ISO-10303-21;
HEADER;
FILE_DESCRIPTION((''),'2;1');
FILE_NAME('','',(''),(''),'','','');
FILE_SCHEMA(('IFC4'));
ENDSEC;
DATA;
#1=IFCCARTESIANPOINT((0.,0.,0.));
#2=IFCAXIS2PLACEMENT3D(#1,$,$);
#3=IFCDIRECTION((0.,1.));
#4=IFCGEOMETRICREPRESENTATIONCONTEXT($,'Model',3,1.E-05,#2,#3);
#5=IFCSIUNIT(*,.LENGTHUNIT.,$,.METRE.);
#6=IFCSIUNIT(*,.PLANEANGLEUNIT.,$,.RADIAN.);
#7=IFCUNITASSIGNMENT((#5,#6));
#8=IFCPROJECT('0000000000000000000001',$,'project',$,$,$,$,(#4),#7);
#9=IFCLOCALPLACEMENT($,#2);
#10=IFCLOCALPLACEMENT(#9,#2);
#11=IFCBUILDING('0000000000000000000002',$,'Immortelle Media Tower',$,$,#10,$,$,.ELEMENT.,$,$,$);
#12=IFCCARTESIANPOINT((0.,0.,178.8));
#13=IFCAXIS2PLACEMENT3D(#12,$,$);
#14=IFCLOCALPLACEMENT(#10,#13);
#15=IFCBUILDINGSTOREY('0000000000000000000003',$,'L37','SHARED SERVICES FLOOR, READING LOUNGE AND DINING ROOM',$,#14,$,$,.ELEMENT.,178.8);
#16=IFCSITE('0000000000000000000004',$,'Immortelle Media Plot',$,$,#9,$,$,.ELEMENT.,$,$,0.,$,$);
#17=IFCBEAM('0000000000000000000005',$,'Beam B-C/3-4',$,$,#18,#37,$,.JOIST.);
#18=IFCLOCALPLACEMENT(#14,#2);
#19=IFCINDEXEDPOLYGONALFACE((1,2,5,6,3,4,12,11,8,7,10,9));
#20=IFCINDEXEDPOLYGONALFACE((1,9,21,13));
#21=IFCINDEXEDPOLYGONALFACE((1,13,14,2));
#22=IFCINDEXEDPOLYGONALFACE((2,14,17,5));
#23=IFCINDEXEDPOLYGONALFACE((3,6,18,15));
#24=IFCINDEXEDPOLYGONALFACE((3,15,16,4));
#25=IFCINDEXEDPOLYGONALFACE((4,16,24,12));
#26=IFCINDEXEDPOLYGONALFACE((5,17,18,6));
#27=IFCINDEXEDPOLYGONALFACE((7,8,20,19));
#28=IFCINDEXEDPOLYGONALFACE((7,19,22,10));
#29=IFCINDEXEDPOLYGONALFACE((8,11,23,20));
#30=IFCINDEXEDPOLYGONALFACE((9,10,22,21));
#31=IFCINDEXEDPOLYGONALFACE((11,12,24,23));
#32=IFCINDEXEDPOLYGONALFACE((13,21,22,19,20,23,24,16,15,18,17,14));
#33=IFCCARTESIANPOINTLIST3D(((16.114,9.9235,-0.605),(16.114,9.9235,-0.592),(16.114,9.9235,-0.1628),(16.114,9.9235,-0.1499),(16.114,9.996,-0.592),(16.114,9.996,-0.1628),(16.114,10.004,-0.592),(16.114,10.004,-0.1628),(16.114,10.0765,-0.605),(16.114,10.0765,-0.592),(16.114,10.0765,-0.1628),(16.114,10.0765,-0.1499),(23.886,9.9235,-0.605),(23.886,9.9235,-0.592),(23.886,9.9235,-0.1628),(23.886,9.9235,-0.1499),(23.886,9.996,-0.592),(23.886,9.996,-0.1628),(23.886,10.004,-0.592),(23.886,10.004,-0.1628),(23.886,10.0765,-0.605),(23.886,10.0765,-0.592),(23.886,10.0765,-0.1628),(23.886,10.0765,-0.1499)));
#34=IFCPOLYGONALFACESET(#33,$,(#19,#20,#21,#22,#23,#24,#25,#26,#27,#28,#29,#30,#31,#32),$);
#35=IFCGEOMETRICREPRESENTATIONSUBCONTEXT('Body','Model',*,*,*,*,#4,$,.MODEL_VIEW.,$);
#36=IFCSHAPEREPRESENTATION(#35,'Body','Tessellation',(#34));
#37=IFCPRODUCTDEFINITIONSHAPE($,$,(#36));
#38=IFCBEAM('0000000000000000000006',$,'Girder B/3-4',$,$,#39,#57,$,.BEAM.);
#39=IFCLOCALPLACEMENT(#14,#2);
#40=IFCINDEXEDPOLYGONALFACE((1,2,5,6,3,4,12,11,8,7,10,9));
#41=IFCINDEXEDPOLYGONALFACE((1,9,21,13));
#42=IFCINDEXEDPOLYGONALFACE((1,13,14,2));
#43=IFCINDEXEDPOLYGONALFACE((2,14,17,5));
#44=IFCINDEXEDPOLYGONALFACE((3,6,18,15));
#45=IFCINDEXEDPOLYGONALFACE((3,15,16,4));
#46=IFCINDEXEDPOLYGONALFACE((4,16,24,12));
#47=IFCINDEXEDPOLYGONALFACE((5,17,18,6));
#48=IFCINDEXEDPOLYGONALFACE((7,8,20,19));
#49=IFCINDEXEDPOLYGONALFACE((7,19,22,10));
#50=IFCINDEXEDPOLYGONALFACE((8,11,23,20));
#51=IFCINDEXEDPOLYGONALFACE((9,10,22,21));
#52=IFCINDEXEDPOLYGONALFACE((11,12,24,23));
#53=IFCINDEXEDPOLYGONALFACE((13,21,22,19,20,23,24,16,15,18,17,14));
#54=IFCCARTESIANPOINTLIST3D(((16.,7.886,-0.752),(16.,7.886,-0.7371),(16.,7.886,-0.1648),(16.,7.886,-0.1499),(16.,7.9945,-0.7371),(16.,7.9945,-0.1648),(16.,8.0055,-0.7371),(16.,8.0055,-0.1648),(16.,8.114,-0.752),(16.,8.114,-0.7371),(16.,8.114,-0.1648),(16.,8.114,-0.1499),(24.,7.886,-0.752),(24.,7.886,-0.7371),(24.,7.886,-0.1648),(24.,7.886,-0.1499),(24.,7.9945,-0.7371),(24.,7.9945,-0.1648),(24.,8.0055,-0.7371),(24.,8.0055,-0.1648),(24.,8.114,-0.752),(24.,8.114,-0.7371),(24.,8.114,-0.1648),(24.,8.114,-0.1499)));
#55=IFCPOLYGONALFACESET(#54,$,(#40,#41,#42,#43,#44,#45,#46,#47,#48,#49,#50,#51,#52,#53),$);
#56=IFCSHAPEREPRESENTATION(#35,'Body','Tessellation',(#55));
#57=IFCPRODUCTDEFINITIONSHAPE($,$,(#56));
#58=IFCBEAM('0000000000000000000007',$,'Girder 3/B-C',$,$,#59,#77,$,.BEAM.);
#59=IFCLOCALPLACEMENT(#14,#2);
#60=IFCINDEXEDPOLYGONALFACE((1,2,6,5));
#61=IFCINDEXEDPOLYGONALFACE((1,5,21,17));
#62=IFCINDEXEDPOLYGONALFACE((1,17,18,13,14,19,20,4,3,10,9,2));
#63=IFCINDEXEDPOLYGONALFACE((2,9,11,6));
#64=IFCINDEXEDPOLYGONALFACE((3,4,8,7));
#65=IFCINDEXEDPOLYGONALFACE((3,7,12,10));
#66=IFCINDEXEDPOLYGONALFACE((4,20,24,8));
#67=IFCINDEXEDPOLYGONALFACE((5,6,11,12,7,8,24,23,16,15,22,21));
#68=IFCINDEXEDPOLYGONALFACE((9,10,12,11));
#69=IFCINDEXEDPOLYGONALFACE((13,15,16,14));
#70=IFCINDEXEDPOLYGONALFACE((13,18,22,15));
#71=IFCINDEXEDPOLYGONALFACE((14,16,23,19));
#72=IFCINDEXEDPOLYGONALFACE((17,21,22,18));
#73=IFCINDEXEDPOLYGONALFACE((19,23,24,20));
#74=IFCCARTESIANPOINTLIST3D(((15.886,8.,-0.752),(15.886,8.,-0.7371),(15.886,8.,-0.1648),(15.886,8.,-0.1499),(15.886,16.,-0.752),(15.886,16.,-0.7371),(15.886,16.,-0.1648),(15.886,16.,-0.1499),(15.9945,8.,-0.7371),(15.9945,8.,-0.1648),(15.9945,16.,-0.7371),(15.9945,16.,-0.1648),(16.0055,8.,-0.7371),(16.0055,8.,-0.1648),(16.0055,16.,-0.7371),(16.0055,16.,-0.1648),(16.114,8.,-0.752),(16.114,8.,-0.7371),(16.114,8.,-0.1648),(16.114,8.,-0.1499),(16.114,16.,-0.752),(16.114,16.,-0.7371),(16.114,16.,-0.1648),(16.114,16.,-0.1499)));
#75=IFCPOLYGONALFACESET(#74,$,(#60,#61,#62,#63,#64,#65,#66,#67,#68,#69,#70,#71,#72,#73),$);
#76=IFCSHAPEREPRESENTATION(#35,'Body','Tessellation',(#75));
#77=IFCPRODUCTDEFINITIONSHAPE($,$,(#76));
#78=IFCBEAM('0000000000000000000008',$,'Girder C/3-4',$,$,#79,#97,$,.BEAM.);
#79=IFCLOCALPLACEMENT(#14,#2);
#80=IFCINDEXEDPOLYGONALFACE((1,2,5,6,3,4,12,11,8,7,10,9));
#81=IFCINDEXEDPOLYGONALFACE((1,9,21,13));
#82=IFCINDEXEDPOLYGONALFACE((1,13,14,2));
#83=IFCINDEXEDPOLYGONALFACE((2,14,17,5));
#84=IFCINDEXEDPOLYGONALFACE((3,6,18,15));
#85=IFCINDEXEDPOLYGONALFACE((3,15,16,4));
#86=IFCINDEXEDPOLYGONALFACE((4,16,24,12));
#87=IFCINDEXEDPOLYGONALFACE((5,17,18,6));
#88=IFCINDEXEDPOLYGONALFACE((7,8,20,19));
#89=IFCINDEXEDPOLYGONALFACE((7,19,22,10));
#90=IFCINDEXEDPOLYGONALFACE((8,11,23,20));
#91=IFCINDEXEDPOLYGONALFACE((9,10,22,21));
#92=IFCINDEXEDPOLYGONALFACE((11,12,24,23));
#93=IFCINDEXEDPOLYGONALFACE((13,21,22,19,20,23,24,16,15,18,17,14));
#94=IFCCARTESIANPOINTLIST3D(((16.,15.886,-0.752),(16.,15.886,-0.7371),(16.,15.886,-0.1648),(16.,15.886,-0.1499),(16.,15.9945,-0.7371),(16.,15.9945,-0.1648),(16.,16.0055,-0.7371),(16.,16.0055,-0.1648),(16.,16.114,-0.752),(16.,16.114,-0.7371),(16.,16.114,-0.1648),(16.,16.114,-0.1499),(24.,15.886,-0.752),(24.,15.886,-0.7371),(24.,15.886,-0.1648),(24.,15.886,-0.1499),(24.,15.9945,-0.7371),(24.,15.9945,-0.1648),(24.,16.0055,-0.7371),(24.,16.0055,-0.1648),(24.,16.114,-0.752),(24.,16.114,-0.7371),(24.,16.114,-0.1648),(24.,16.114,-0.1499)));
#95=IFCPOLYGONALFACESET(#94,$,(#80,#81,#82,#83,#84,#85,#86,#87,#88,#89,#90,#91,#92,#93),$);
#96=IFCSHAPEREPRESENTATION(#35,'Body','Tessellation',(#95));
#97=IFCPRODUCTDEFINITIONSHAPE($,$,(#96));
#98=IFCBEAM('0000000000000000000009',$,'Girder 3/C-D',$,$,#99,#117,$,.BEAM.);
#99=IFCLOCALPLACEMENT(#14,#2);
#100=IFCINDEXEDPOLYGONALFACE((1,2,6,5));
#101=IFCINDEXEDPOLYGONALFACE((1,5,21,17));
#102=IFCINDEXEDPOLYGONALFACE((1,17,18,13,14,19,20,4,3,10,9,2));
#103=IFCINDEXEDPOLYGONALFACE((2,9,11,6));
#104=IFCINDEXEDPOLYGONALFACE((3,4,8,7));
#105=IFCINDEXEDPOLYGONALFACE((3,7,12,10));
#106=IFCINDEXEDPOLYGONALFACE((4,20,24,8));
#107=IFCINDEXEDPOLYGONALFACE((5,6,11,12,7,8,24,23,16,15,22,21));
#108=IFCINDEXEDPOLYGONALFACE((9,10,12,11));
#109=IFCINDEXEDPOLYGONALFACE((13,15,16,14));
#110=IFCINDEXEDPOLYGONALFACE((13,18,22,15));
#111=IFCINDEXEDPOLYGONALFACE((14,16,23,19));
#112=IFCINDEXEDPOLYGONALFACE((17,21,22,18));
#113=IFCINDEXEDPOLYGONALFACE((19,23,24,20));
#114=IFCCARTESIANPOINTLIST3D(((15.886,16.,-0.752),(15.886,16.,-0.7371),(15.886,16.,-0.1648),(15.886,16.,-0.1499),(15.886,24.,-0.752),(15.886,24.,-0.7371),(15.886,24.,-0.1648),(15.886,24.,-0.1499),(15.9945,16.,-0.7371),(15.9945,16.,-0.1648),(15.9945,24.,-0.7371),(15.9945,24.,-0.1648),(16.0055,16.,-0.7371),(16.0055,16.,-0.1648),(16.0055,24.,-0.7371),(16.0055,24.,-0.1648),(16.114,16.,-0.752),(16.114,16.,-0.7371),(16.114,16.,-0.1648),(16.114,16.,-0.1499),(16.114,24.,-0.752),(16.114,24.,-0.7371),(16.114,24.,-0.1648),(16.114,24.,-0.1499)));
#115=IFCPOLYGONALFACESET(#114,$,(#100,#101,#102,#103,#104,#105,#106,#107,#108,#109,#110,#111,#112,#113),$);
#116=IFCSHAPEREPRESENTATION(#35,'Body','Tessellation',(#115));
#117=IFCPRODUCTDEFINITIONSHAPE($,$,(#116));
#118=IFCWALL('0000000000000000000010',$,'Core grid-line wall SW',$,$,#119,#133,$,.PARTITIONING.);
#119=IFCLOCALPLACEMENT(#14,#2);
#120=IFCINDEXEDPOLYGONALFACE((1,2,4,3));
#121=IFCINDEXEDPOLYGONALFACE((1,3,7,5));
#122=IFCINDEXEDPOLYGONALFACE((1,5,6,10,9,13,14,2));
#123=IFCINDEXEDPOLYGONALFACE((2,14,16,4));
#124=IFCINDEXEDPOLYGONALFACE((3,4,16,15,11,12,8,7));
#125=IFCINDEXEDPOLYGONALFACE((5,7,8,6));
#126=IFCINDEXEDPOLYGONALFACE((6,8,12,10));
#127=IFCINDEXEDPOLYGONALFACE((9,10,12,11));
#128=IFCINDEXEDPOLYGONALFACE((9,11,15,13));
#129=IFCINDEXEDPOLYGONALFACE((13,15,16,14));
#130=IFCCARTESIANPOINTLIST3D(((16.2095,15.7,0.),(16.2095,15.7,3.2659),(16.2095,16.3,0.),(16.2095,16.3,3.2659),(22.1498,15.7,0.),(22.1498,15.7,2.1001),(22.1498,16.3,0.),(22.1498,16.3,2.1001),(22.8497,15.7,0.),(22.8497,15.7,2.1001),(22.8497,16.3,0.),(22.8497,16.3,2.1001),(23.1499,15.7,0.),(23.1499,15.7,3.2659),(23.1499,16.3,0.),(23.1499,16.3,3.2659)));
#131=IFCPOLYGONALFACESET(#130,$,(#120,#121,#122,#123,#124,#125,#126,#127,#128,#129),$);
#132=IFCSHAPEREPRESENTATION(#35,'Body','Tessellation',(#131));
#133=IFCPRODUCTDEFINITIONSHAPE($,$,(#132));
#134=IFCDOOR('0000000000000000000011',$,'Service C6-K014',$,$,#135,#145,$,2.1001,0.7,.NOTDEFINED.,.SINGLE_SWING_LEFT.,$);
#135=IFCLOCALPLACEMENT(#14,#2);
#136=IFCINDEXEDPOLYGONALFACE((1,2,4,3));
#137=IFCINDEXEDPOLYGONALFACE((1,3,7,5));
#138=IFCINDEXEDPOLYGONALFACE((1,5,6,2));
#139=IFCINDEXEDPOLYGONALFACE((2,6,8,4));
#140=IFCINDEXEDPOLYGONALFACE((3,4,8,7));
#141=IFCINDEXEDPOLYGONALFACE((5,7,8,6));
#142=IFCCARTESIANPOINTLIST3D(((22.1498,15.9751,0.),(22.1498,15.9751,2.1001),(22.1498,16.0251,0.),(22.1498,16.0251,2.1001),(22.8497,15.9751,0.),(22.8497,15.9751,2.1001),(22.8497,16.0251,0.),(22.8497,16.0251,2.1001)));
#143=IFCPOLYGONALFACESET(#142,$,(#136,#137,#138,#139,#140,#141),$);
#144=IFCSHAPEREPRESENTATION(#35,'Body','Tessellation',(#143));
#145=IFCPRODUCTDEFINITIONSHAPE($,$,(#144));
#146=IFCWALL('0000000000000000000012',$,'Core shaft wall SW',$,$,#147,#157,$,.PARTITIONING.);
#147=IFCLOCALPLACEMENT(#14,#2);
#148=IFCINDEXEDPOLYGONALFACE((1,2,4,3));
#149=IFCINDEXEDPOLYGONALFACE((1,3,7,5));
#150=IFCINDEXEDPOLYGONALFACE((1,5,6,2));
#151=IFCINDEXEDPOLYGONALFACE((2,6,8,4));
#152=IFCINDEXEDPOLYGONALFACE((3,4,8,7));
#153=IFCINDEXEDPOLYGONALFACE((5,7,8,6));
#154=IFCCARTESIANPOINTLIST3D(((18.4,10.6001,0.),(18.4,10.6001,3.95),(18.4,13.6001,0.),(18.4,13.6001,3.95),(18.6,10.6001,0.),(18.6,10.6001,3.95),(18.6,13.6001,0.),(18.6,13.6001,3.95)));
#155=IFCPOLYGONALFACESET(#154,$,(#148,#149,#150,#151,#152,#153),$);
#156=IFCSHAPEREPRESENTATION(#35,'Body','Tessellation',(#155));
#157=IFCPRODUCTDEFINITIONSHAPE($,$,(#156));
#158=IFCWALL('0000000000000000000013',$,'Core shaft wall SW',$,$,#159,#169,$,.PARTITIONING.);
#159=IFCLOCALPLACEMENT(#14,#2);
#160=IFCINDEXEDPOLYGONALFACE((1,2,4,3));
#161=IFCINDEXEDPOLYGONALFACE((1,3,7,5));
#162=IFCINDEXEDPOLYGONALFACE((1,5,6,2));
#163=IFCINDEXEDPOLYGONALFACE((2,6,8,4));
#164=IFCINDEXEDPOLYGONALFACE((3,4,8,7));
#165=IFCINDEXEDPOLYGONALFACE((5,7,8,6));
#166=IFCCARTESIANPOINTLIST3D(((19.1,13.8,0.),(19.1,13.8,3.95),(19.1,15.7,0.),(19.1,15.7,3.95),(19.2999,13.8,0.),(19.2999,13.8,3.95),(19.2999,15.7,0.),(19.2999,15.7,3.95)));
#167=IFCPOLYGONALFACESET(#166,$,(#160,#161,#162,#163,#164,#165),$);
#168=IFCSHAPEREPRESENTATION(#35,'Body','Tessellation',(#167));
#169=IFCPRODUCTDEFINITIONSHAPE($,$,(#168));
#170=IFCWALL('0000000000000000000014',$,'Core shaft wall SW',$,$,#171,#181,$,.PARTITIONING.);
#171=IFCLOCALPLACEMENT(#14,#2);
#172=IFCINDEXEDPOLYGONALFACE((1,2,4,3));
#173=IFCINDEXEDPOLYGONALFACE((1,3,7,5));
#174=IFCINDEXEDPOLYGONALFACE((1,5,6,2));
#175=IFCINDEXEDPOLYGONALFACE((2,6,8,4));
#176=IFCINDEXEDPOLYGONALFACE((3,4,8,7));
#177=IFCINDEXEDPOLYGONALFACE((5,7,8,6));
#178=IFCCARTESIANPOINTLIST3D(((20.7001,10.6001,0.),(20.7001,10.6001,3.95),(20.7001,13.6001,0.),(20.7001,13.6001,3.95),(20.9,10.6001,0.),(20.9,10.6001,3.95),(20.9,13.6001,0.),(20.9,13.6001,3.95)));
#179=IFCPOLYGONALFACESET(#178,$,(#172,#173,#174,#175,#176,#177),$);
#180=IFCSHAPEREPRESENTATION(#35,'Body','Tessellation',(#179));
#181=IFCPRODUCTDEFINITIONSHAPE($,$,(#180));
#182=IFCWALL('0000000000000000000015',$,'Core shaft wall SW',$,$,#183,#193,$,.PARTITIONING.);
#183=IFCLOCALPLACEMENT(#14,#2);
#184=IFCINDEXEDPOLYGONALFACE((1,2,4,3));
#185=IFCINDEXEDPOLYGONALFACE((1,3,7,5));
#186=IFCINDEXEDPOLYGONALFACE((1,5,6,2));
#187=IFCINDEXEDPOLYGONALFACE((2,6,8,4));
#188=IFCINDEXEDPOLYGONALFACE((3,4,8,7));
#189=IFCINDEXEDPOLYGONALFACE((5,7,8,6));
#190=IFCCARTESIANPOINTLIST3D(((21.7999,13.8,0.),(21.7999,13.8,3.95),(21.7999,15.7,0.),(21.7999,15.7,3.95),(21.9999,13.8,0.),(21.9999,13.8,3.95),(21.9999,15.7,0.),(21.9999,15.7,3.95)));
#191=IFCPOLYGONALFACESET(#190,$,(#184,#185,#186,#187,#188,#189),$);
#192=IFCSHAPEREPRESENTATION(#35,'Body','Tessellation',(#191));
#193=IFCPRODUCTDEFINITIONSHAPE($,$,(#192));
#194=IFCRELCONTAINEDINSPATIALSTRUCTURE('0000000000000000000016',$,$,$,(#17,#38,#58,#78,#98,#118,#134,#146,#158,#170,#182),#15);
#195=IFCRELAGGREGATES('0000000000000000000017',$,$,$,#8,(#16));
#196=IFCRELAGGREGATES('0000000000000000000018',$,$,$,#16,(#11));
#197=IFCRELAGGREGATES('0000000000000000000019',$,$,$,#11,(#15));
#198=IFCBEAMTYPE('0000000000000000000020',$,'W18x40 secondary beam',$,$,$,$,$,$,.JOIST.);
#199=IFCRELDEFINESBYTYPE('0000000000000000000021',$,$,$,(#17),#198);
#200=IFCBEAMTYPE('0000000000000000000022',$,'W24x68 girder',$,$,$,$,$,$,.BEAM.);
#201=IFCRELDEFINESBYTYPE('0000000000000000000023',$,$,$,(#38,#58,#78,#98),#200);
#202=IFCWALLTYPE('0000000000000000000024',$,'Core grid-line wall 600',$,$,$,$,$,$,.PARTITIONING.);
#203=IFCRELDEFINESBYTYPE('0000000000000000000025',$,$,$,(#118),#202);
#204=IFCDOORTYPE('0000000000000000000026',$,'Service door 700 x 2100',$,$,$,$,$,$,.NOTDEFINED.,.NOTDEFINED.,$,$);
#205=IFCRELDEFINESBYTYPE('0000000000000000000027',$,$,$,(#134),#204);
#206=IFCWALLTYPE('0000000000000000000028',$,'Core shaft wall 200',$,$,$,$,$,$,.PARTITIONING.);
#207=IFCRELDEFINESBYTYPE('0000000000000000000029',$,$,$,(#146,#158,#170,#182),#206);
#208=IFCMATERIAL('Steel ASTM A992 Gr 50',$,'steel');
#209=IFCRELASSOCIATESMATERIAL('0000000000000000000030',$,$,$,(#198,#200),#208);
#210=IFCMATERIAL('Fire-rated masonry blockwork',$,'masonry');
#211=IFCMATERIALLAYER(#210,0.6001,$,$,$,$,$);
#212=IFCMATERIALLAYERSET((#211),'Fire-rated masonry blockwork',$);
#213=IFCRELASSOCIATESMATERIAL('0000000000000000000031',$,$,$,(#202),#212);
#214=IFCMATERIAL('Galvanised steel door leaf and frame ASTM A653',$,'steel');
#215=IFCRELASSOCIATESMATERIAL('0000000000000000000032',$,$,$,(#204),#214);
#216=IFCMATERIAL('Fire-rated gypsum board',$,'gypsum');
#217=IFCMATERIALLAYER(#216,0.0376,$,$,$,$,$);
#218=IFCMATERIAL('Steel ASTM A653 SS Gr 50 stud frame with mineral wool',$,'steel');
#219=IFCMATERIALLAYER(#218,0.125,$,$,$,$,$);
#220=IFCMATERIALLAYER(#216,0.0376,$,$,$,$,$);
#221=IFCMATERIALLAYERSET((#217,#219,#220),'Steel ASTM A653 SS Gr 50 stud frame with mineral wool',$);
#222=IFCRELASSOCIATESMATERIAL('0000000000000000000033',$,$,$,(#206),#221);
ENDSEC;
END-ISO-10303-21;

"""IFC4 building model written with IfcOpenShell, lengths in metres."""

from ifc_helpers import new_model, si_unit, direction, frame, frame_2d, origin, origin_2d, place, context, subcontext, project, spatial, rectangle, i_section, extrude, material, layer, layer_set, material_profile, profile_set, type_object, element, fill, save


model = new_model("IFC4")

# Units and contexts
model_context = context("Model", 3, precision=1e-05, world=origin(), true_north=direction((0.0, 1.0)))
body_context = subcontext(model_context, "Body", "Model", "MODEL_VIEW")
ifc_project = project(units=[si_unit("LENGTHUNIT", "METRE"), si_unit("PLANEANGLEUNIT", "RADIAN")], contexts=[model_context])

# Site, building, storey
site_placement = place(None, origin())
site = spatial("IfcSite", under=ifc_project, at=site_placement, Name="Immortelle Media Plot", CompositionType="ELEMENT", RefElevation=0.0)
building_placement = place(site_placement, origin())
building = spatial("IfcBuilding", under=site, at=building_placement, Name="Immortelle Media Tower", CompositionType="ELEMENT")
storey_placement = place(building_placement, frame((0.0, 0.0, 178.8)))
storey = spatial("IfcBuildingStorey", under=building, at=storey_placement, Name="L37", Description="SHARED SERVICES FLOOR, READING LOUNGE AND DINING ROOM", CompositionType="ELEMENT", Elevation=178.8)

# Beams
ifc_material_1 = material(Name="Steel ASTM A992 Gr 50", Category="steel")
ifc_material_profile_1 = material_profile(ifc_material_1, i_section(OverallWidth=0.1531, OverallDepth=0.4551, WebThickness=0.0081, FlangeThickness=0.0129, at=origin_2d()), Name="W18x40")
ifc_profile_set_1 = profile_set([ifc_material_profile_1], Name="Steel ASTM A992 Gr 50")
beam_type_1 = type_object("IfcBeamType", Name="W18x40 secondary beam", PredefinedType="JOIST", material=ifc_profile_set_1)
beam_placement = place(storey_placement, frame((16.114, 10.0, -0.3774), z_axis=(1.0, 0.0, 0.0), x_axis=(0.0, 1.0, 0.0)))
element("IfcBeam", 1, at=beam_placement, inside=storey, type_object=beam_type_1, Name="Beam B-C/3-4", PredefinedType="JOIST", context=body_context, shape_type="SweptSolid", body=[
    extrude(i_section(OverallWidth=0.1531, OverallDepth=0.4551, WebThickness=0.0081, FlangeThickness=0.0129, at=origin_2d()), origin(), (0.0, 0.0, 1.0), 7.772),
])
ifc_material_profile_2 = material_profile(ifc_material_1, i_section(OverallWidth=0.228, OverallDepth=0.6021, WebThickness=0.011, FlangeThickness=0.0149, at=origin_2d()), Name="W24x68")
ifc_profile_set_2 = profile_set([ifc_material_profile_2], Name="Steel ASTM A992 Gr 50")
beam_type_2 = type_object("IfcBeamType", Name="W24x68 girder", PredefinedType="BEAM", material=ifc_profile_set_2)
for number, where, z_axis, x_axis, name in (
    (2, (16.0, 8.0, -0.4509), (1.0, 0.0, 0.0), (0.0, 1.0, 0.0), "Girder B/3-4"),
    (3, (16.0, 8.0, -0.4509), (0.0, 1.0, 0.0), (-1.0, 0.0, 0.0), "Girder 3/B-C"),
    (4, (16.0, 16.0, -0.4509), (1.0, 0.0, 0.0), (0.0, 1.0, 0.0), "Girder C/3-4"),
    (5, (16.0, 16.0, -0.4509), (0.0, 1.0, 0.0), (-1.0, 0.0, 0.0), "Girder 3/C-D"),
):
    element("IfcBeam", number, at=place(storey_placement, frame(where, z_axis=z_axis, x_axis=x_axis)), inside=storey, type_object=beam_type_2, Name=name, PredefinedType="BEAM", context=body_context, shape_type="SweptSolid", body=[
        extrude(i_section(OverallWidth=0.228, OverallDepth=0.6021, WebThickness=0.011, FlangeThickness=0.0149, at=origin_2d()), origin(), (0.0, 0.0, 1.0), 8.0),
    ])

# Wall, opening, door
ifc_material_2 = material(Name="Fire-rated masonry blockwork", Category="masonry")
ifc_layer_1 = layer(ifc_material_2, 0.6001)
ifc_layer_set_1 = layer_set([ifc_layer_1], Name="Fire-rated masonry blockwork")
wall_type_1 = type_object("IfcWallType", Name="Core grid-line wall 600", PredefinedType="PARTITIONING", material=ifc_layer_set_1)
wall_1_placement = place(storey_placement, frame((16.2095, 16.0, 0.0), z_axis=(0.0, 0.0, 1.0), x_axis=(1.0, 0.0, 0.0)))
wall_1 = element("IfcWall", 6, at=wall_1_placement, inside=storey, type_object=wall_type_1, Name="Core grid-line wall SW", PredefinedType="PARTITIONING", context=body_context, shape_type="SweptSolid", body=[
    extrude(rectangle(XDim=6.9404, YDim=0.6001, at=frame_2d((3.4702, 0.0))), origin(), (0.0, 0.0, 1.0), 3.2659),
])
opening_1_placement = place(wall_1_placement, frame((6.6404, 0.0, 0.0), z_axis=(0.0, 0.0, 1.0), x_axis=(-1.0, 0.0, 0.0)))
opening_1 = element("IfcOpeningElement", 7, at=opening_1_placement, cuts=wall_1, PredefinedType="OPENING", context=body_context, shape_type="SweptSolid", body=[
    extrude(rectangle(XDim=0.7, YDim=2.1001, at=frame_2d((0.3501, 1.05))), frame((0.0, 0.3101, 0.0), z_axis=(0.0, -1.0, 0.0), x_axis=(1.0, 0.0, 0.0)), (0.0, 0.0, 1.0), 0.6201),
])
ifc_material_3 = material(Name="Galvanised steel door leaf and frame ASTM A653", Category="steel")
door_type_1 = type_object("IfcDoorType", Name="Service door 700 x 2100", OperationType="NOTDEFINED", PredefinedType="NOTDEFINED", material=ifc_material_3)
door_1_placement = place(opening_1_placement, origin())
door_1 = element("IfcDoor", 8, at=door_1_placement, inside=storey, type_object=door_type_1, Name="Service C6-K014", OperationType="SINGLE_SWING_LEFT", OverallHeight=2.1001, OverallWidth=0.7, PredefinedType="NOTDEFINED", context=body_context, shape_type="SweptSolid", body=[
    extrude(rectangle(XDim=0.7, YDim=2.1001, at=frame_2d((0.3501, 1.05))), frame((0.0, 0.0249, 0.0), z_axis=(0.0, -1.0, 0.0), x_axis=(1.0, 0.0, 0.0)), (0.0, 0.0, 1.0), 0.05),
])
fill(opening_1, door_1)

# Walls
ifc_material_4 = material(Name="Fire-rated gypsum board", Category="gypsum")
ifc_layer_2 = layer(ifc_material_4, 0.0376)
ifc_material_5 = material(Name="Steel ASTM A653 SS Gr 50 stud frame with mineral wool", Category="steel")
ifc_layer_3 = layer(ifc_material_5, 0.125)
ifc_layer_4 = layer(ifc_material_4, 0.0376)
ifc_layer_set_2 = layer_set([ifc_layer_2, ifc_layer_3, ifc_layer_4], Name="Steel ASTM A653 SS Gr 50 stud frame with mineral wool")
wall_type_2 = type_object("IfcWallType", Name="Core shaft wall 200", PredefinedType="PARTITIONING", material=ifc_layer_set_2)
wall_2_placement = place(storey_placement, frame((18.5, 10.6001, 0.0), z_axis=(0.0, 0.0, 1.0), x_axis=(0.0, 1.0, 0.0)))
element("IfcWall", 9, at=wall_2_placement, inside=storey, type_object=wall_type_2, Name="Core shaft wall SW", PredefinedType="PARTITIONING", context=body_context, shape_type="SweptSolid", body=[
    extrude(rectangle(XDim=3.0, YDim=0.2, at=frame_2d((1.5, 0.0))), origin(), (0.0, 0.0, 1.0), 3.95),
])
wall_3_placement = place(storey_placement, frame((19.2, 13.8, 0.0), z_axis=(0.0, 0.0, 1.0), x_axis=(0.0, 1.0, 0.0)))
element("IfcWall", 10, at=wall_3_placement, inside=storey, type_object=wall_type_2, Name="Core shaft wall SW", PredefinedType="PARTITIONING", context=body_context, shape_type="SweptSolid", body=[
    extrude(rectangle(XDim=1.8999, YDim=0.2, at=frame_2d((0.95, 0.0))), origin(), (0.0, 0.0, 1.0), 3.95),
])
wall_4_placement = place(storey_placement, frame((20.8, 10.6001, 0.0), z_axis=(0.0, 0.0, 1.0), x_axis=(0.0, 1.0, 0.0)))
element("IfcWall", 11, at=wall_4_placement, inside=storey, type_object=wall_type_2, Name="Core shaft wall SW", PredefinedType="PARTITIONING", context=body_context, shape_type="SweptSolid", body=[
    extrude(rectangle(XDim=3.0, YDim=0.2, at=frame_2d((1.5, 0.0))), origin(), (0.0, 0.0, 1.0), 3.95),
])
wall_5_placement = place(storey_placement, frame((21.8999, 13.8, 0.0), z_axis=(0.0, 0.0, 1.0), x_axis=(0.0, 1.0, 0.0)))
element("IfcWall", 12, at=wall_5_placement, inside=storey, type_object=wall_type_2, Name="Core shaft wall SW", PredefinedType="PARTITIONING", context=body_context, shape_type="SweptSolid", body=[
    extrude(rectangle(XDim=1.8999, YDim=0.2, at=frame_2d((0.95, 0.0))), origin(), (0.0, 0.0, 1.0), 3.95),
])

save(model, "model.ifc")
